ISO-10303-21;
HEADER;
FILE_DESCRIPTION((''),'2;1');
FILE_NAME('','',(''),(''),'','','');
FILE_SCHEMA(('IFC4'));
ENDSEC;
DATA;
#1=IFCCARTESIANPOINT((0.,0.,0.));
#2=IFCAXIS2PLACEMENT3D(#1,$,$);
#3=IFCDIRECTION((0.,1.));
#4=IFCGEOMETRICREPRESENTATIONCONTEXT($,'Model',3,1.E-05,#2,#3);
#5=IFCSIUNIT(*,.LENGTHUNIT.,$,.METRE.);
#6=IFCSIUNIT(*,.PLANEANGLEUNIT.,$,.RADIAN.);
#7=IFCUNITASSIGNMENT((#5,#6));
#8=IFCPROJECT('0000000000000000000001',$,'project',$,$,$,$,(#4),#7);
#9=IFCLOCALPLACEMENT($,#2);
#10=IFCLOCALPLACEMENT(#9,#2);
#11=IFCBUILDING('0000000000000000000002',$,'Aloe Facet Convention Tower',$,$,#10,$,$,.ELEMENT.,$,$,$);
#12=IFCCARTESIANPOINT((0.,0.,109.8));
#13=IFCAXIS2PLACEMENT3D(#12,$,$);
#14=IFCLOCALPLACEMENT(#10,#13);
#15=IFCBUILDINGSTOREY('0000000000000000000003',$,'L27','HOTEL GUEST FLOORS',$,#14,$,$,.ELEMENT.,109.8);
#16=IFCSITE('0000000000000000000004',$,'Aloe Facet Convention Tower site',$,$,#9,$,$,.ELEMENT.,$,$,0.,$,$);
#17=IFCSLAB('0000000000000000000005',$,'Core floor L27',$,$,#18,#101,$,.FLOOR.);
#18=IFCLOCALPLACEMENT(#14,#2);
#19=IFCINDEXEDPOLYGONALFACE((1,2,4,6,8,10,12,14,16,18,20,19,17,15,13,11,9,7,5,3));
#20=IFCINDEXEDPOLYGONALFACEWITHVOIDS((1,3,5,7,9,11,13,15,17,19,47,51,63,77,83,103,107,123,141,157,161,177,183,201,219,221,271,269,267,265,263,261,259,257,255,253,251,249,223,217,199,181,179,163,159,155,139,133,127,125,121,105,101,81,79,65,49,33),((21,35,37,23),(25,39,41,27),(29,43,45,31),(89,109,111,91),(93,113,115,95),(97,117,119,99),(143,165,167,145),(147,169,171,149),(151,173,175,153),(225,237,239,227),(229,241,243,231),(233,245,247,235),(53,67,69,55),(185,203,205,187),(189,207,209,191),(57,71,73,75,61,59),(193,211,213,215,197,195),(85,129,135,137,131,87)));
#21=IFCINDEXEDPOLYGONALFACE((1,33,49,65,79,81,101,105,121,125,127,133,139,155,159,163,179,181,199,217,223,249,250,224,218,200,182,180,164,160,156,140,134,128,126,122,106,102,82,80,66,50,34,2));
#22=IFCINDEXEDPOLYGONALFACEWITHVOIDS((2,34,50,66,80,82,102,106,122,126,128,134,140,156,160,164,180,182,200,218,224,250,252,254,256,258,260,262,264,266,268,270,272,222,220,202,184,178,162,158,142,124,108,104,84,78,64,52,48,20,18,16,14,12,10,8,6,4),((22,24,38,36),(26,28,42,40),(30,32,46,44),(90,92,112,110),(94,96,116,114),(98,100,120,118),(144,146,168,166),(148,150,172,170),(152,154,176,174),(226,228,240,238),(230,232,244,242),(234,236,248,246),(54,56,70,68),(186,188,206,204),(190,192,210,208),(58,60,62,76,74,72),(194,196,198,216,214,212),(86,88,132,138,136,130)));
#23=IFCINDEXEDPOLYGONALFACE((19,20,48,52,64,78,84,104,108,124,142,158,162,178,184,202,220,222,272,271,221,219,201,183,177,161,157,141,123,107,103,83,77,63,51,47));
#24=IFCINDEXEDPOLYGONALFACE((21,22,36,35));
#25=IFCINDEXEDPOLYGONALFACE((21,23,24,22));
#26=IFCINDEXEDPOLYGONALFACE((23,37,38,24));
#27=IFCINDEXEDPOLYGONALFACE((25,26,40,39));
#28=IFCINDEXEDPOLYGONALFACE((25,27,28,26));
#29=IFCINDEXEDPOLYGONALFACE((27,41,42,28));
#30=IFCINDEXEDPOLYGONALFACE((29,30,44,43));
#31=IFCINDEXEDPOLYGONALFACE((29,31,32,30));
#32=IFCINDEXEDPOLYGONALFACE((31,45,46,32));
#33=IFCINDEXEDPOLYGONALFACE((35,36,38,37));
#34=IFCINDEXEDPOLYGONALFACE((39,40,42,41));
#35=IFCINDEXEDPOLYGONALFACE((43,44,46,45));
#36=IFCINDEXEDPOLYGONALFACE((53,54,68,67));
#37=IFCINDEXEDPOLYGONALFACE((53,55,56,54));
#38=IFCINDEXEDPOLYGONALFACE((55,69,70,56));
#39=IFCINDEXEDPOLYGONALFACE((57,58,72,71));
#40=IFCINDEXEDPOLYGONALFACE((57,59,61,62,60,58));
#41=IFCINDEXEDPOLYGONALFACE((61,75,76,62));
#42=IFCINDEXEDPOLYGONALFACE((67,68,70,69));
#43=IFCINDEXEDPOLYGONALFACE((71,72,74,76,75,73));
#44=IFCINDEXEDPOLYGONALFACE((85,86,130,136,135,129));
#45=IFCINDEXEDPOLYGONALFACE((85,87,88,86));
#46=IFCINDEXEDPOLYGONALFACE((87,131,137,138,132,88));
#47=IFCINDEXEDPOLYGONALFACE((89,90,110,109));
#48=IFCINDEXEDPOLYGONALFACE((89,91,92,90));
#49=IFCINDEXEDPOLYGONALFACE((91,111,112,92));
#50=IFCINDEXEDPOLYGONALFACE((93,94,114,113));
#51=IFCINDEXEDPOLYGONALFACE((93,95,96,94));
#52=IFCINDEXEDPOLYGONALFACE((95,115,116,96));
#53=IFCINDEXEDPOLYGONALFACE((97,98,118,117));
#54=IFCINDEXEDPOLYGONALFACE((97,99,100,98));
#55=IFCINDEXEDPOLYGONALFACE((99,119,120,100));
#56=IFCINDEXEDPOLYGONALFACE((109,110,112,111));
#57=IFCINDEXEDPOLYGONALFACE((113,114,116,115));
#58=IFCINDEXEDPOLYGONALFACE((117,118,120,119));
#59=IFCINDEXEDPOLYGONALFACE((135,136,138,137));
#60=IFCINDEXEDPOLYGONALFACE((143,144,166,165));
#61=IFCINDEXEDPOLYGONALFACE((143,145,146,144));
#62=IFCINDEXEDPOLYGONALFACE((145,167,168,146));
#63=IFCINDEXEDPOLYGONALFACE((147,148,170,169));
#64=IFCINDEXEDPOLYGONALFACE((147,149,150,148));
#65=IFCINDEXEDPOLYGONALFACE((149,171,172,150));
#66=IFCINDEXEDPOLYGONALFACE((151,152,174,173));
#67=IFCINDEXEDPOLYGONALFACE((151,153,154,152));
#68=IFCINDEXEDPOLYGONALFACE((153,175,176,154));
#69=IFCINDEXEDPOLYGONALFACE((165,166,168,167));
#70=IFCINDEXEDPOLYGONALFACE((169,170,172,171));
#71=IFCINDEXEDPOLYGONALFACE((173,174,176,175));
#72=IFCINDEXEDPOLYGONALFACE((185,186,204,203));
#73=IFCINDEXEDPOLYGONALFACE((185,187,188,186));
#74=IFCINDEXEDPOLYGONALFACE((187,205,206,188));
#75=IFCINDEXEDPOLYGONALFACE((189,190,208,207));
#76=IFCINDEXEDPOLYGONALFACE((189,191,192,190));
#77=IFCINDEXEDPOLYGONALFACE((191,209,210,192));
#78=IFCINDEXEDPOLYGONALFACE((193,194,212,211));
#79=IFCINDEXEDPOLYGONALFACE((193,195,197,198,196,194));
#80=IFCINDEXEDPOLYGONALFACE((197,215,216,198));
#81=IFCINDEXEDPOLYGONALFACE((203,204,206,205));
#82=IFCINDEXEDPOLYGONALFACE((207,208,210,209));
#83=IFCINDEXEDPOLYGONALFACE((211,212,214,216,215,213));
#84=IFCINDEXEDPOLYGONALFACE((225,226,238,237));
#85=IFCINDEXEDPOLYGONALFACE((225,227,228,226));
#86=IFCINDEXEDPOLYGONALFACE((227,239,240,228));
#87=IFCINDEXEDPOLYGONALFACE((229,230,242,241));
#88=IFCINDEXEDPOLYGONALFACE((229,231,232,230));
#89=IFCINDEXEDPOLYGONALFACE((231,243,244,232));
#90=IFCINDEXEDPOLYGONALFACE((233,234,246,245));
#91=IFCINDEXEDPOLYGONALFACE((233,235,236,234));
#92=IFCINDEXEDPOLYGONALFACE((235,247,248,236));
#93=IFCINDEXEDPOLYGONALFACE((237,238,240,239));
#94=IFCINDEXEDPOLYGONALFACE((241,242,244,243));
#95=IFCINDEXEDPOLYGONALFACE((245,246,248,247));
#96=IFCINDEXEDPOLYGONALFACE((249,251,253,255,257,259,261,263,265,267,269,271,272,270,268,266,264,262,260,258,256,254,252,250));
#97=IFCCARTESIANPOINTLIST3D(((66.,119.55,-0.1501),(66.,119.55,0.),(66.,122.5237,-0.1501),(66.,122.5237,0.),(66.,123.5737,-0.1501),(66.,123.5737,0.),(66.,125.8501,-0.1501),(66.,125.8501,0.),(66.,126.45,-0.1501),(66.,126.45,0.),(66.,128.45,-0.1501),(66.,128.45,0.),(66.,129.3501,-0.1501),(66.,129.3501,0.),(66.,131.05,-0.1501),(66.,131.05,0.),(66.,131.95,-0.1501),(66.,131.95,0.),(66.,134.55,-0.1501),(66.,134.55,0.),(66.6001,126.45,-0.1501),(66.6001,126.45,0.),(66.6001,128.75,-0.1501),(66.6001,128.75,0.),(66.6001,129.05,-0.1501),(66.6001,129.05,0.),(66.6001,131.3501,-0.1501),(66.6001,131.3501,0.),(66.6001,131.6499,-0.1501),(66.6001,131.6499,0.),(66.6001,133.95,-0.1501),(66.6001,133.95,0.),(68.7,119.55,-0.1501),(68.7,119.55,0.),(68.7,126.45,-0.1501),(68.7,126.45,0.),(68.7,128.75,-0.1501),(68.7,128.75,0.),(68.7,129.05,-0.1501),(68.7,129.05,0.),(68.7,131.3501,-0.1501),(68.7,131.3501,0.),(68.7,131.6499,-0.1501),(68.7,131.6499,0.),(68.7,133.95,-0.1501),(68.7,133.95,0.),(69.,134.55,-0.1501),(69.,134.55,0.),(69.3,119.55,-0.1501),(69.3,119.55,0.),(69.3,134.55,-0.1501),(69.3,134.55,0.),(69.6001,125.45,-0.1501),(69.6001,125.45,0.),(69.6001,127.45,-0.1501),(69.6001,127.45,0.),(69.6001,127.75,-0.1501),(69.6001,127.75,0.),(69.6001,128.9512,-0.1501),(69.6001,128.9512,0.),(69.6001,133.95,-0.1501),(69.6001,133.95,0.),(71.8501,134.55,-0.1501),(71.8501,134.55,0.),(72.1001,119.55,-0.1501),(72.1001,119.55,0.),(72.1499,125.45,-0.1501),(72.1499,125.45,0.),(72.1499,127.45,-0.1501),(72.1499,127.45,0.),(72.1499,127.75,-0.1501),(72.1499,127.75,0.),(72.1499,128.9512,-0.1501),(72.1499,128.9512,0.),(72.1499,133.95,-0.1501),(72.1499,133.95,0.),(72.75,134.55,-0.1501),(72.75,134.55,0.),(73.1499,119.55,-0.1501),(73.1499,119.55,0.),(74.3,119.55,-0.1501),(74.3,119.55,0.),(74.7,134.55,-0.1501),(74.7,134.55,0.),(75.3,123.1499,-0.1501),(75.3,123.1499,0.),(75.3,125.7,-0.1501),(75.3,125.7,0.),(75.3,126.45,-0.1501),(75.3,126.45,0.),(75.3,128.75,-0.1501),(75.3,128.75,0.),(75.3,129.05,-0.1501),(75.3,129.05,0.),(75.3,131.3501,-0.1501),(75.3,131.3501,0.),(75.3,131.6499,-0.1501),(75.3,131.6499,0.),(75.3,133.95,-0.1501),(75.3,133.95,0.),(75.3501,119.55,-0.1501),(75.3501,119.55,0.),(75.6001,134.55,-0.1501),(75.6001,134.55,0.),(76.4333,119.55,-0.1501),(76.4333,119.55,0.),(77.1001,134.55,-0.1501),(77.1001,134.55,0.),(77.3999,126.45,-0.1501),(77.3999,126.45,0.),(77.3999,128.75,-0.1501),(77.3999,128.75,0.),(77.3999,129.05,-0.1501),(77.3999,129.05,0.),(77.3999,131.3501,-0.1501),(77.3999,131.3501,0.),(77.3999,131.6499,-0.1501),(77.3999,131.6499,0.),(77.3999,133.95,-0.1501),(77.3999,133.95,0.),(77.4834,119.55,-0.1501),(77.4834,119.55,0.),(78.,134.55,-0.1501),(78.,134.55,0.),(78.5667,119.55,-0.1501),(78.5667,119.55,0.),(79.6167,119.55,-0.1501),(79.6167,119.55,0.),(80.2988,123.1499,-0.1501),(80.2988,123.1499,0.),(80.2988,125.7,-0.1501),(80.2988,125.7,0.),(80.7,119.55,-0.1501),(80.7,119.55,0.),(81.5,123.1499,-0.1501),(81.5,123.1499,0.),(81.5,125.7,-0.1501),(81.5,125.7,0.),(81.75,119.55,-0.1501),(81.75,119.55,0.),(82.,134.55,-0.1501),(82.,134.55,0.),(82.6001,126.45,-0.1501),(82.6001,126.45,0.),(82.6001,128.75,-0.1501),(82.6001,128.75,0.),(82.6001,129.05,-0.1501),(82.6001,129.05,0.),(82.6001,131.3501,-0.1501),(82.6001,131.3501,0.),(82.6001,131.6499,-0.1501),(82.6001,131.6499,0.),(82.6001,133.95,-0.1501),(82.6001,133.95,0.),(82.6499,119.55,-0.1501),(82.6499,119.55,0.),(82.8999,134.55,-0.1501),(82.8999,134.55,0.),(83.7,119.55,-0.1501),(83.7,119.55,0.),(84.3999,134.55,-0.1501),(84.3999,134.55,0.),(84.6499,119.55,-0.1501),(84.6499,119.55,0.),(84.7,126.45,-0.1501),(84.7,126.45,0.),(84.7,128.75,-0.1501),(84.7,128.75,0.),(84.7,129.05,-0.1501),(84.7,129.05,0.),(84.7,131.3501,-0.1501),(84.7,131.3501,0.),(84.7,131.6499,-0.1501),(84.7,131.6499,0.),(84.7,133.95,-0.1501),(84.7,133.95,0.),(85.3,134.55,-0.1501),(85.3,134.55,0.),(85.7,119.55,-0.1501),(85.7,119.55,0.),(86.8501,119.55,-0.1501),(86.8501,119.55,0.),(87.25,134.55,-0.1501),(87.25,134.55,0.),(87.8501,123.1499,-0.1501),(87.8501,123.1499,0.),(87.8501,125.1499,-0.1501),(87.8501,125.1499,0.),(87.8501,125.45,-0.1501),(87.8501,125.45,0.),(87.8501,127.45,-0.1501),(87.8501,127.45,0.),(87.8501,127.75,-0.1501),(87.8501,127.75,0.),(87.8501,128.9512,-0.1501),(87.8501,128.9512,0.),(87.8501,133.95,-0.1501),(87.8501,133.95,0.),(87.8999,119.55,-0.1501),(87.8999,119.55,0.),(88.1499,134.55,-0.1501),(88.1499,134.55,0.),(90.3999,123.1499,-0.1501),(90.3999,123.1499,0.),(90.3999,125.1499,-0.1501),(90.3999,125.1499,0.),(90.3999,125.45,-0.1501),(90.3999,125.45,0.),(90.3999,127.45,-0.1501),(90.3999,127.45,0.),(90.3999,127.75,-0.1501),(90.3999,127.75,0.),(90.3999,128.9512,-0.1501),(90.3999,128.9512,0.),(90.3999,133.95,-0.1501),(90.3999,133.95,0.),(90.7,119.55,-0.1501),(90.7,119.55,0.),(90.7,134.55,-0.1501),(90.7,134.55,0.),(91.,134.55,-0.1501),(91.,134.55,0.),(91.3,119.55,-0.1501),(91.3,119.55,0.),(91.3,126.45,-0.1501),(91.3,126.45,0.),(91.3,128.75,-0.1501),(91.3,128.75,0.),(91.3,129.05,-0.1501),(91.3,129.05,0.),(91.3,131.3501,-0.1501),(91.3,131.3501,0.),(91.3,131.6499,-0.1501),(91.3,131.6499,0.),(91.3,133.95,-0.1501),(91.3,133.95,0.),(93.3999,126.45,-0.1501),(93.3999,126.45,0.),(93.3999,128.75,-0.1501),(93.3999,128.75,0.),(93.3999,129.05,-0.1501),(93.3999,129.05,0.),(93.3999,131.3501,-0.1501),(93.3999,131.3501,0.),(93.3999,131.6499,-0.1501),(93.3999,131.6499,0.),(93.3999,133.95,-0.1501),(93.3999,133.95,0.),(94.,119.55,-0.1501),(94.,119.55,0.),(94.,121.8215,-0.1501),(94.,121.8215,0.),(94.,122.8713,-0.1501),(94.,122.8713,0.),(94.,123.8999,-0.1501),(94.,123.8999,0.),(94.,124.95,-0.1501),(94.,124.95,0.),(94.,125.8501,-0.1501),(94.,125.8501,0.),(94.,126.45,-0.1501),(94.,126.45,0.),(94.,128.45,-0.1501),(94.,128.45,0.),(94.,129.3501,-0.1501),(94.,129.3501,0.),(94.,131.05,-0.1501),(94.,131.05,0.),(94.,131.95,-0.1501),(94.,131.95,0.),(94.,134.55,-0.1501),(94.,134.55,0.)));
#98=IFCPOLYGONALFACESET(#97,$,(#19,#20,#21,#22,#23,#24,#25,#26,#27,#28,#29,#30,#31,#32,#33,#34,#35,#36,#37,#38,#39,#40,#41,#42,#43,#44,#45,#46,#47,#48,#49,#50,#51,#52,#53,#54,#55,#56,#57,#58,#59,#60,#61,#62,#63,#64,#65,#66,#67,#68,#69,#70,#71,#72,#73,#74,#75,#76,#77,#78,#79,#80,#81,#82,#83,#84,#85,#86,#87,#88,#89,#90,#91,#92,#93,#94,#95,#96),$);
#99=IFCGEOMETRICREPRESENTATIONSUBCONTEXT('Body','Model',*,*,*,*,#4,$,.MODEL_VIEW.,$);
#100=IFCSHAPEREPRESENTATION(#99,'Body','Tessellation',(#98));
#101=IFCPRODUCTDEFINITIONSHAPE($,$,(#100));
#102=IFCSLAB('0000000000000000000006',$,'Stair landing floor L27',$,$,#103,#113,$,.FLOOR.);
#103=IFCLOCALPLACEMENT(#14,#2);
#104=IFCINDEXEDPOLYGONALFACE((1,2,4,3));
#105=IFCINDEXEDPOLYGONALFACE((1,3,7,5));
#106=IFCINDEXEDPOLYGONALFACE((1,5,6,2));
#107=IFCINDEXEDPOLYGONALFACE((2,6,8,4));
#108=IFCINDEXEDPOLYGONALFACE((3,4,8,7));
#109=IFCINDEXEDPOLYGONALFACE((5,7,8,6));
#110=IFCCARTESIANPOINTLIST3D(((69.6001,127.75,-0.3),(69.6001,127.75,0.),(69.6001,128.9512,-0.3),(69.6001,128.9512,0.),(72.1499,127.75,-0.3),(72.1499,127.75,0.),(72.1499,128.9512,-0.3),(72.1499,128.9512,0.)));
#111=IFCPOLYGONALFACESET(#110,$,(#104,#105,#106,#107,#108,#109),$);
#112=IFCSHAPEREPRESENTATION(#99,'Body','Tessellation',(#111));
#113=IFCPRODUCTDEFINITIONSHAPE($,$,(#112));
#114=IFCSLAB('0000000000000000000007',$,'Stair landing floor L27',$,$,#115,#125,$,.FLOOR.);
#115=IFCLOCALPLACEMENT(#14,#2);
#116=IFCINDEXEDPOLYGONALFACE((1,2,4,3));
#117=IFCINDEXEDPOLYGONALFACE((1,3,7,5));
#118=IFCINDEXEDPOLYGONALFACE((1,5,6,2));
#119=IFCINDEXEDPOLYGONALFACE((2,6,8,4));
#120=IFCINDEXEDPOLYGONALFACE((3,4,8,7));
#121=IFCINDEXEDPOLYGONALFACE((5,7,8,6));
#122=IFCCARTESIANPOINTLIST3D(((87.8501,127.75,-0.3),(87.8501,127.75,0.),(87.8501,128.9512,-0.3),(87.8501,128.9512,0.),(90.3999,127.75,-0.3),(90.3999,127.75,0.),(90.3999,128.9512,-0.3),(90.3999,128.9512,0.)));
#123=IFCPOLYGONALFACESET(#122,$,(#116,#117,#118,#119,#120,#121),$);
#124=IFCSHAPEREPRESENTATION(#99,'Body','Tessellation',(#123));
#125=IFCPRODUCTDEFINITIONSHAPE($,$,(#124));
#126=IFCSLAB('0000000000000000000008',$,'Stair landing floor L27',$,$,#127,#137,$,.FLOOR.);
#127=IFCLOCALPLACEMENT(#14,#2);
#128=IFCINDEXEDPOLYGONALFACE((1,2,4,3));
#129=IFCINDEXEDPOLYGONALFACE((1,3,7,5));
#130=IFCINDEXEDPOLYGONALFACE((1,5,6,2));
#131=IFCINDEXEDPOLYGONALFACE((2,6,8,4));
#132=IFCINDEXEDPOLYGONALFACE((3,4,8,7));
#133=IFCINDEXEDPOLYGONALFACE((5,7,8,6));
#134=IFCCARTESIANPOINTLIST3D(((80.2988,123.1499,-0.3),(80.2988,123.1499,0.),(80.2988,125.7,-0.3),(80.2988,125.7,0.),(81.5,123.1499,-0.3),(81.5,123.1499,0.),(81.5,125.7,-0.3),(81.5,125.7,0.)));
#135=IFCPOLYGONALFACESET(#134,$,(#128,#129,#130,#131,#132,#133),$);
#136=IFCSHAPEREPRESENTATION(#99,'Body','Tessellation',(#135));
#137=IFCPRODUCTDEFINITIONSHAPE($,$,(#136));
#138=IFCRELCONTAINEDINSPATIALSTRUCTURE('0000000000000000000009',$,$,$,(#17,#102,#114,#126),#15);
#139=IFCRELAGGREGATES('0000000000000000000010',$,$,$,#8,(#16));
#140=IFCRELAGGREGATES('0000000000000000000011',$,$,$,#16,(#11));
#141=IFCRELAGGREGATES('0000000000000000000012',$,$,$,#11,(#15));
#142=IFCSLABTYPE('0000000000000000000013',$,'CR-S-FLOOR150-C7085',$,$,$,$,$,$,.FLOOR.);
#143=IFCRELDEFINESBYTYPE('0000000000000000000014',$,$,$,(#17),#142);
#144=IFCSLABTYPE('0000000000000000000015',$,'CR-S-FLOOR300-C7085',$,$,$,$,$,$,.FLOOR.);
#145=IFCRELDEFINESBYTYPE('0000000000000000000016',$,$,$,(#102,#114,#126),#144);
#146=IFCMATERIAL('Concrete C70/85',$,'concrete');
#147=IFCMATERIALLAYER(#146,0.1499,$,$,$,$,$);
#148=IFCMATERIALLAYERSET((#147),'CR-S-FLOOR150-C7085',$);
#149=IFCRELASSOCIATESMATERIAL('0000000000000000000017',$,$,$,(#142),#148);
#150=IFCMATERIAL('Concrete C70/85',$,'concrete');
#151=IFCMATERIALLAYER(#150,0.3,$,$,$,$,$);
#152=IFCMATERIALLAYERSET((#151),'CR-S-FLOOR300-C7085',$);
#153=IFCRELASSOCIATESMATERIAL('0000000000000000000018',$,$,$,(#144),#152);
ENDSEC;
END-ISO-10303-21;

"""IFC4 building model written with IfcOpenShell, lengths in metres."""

from ifc_helpers import new_model, si_unit, direction, frame, origin, place, context, subcontext, project, spatial, polyline, outline, extrude, material, layer, layer_set, type_object, element, save


model = new_model("IFC4")

# Units and contexts
model_context = context("Model", 3, precision=1e-05, world=origin(), true_north=direction((0.0, 1.0)))
body_context = subcontext(model_context, "Body", "Model", "MODEL_VIEW")
ifc_project = project(units=[si_unit("LENGTHUNIT", "METRE"), si_unit("PLANEANGLEUNIT", "RADIAN")], contexts=[model_context])

# Site, building, storey
site_placement = place(None, origin())
site = spatial("IfcSite", under=ifc_project, at=site_placement, Name="Aloe Facet Convention Tower site", CompositionType="ELEMENT", RefElevation=0.0)
building_placement = place(site_placement, origin())
building = spatial("IfcBuilding", under=site, at=building_placement, Name="Aloe Facet Convention Tower", CompositionType="ELEMENT")
storey_placement = place(building_placement, frame((0.0, 0.0, 109.8)))
storey = spatial("IfcBuildingStorey", under=building, at=storey_placement, Name="L27", Description="HOTEL GUEST FLOORS", CompositionType="ELEMENT", Elevation=109.8)

# Slabs
ifc_material_1 = material(Name="Concrete C70/85", Category="concrete")
ifc_layer_1 = layer(ifc_material_1, 0.1499)
ifc_layer_set_1 = layer_set([ifc_layer_1], Name="CR-S-FLOOR150-C7085")
slab_type_1 = type_object("IfcSlabType", Name="CR-S-FLOOR150-C7085", PredefinedType="FLOOR", material=ifc_layer_set_1)
slab_1_placement = place(storey_placement, frame((0.0, 0.0, -0.1501)))
element("IfcSlab", 1, at=slab_1_placement, inside=storey, type_object=slab_type_1, Name="Core floor L27", PredefinedType="FLOOR", context=body_context, shape_type="SweptSolid", body=[
    extrude(outline(polyline([(69.3, 134.55), (71.8501, 134.55), (72.75, 134.55), (74.7, 134.55), (75.6001, 134.55), (77.1001, 134.55), (78.0, 134.55), (82.0, 134.55), (82.8999, 134.55), (84.3999, 134.55), (85.3, 134.55), (87.25, 134.55), (88.1499, 134.55), (90.7, 134.55), (91.0, 134.55), (94.0, 134.55), (94.0, 131.95), (94.0, 131.05), (94.0, 129.3501), (94.0, 128.45), (94.0, 126.45), (94.0, 125.8501), (94.0, 124.95), (94.0, 123.8999), (94.0, 122.8713), (94.0, 121.8215), (94.0, 119.55), (91.3, 119.55), (90.7, 119.55), (87.8999, 119.55), (86.8501, 119.55), (85.7, 119.55), (84.6499, 119.55), (83.7, 119.55), (82.6499, 119.55), (81.75, 119.55), (80.7, 119.55), (79.6167, 119.55), (78.5667, 119.55), (77.4834, 119.55), (76.4333, 119.55), (75.3501, 119.55), (74.3, 119.55), (73.1499, 119.55), (72.1001, 119.55), (69.3, 119.55), (68.7, 119.55), (66.0, 119.55), (66.0, 122.5237), (66.0, 123.5737), (66.0, 125.8501), (66.0, 126.45), (66.0, 128.45), (66.0, 129.3501), (66.0, 131.05), (66.0, 131.95), (66.0, 134.55), (69.0, 134.55), (69.3, 134.55)]), holes=[polyline([(75.3, 123.1499), (80.2988, 123.1499), (81.5, 123.1499), (81.5, 125.7), (80.2988, 125.7), (75.3, 125.7), (75.3, 123.1499)]), polyline([(69.6001, 125.45), (72.1499, 125.45), (72.1499, 127.45), (69.6001, 127.45), (69.6001, 125.45)]), polyline([(66.6001, 126.45), (68.7, 126.45), (68.7, 128.75), (66.6001, 128.75), (66.6001, 126.45)]), polyline([(75.3, 126.45), (77.3999, 126.45), (77.3999, 128.75), (75.3, 128.75), (75.3, 126.45)]), polyline([(66.6001, 129.05), (68.7, 129.05), (68.7, 131.3501), (66.6001, 131.3501), (66.6001, 129.05)]), polyline([(75.3, 129.05), (77.3999, 129.05), (77.3999, 131.3501), (75.3, 131.3501), (75.3, 129.05)]), polyline([(69.6001, 133.95), (69.6001, 128.9512), (69.6001, 127.75), (72.1499, 127.75), (72.1499, 128.9512), (72.1499, 133.95), (69.6001, 133.95)]), polyline([(66.6001, 133.95), (66.6001, 131.6499), (68.7, 131.6499), (68.7, 133.95), (66.6001, 133.95)]), polyline([(75.3, 133.95), (75.3, 131.6499), (77.3999, 131.6499), (77.3999, 133.95), (75.3, 133.95)]), polyline([(87.8501, 123.1499), (90.3999, 123.1499), (90.3999, 125.1499), (87.8501, 125.1499), (87.8501, 123.1499)]), polyline([(87.8501, 125.45), (90.3999, 125.45), (90.3999, 127.45), (87.8501, 127.45), (87.8501, 125.45)]), polyline([(82.6001, 126.45), (84.7, 126.45), (84.7, 128.75), (82.6001, 128.75), (82.6001, 126.45)]), polyline([(91.3, 126.45), (93.3999, 126.45), (93.3999, 128.75), (91.3, 128.75), (91.3, 126.45)]), polyline([(82.6001, 129.05), (84.7, 129.05), (84.7, 131.3501), (82.6001, 131.3501), (82.6001, 129.05)]), polyline([(91.3, 129.05), (93.3999, 129.05), (93.3999, 131.3501), (91.3, 131.3501), (91.3, 129.05)]), polyline([(87.8501, 133.95), (87.8501, 128.9512), (87.8501, 127.75), (90.3999, 127.75), (90.3999, 128.9512), (90.3999, 133.95), (87.8501, 133.95)]), polyline([(82.6001, 133.95), (82.6001, 131.6499), (84.7, 131.6499), (84.7, 133.95), (82.6001, 133.95)]), polyline([(91.3, 133.95), (91.3, 131.6499), (93.3999, 131.6499), (93.3999, 133.95), (91.3, 133.95)])]), origin(), (0.0, 0.0, 1.0), 0.1501),
])
ifc_material_2 = material(Name="Concrete C70/85", Category="concrete")
ifc_layer_2 = layer(ifc_material_2, 0.3)
ifc_layer_set_2 = layer_set([ifc_layer_2], Name="CR-S-FLOOR300-C7085")
slab_type_2 = type_object("IfcSlabType", Name="CR-S-FLOOR300-C7085", PredefinedType="FLOOR", material=ifc_layer_set_2)
slab_2_placement = place(storey_placement, frame((0.0, 0.0, -0.3)))
element("IfcSlab", 2, at=slab_2_placement, inside=storey, type_object=slab_type_2, Name="Stair landing floor L27", PredefinedType="FLOOR", context=body_context, shape_type="SweptSolid", body=[
    extrude(outline(polyline([(72.1499, 127.75), (72.1499, 128.9512), (69.6001, 128.9512), (69.6001, 127.75), (72.1499, 127.75)])), origin(), (0.0, 0.0, 1.0), 0.3),
])
slab_3_placement = place(storey_placement, frame((0.0, 0.0, -0.3)))
element("IfcSlab", 3, at=slab_3_placement, inside=storey, type_object=slab_type_2, Name="Stair landing floor L27", PredefinedType="FLOOR", context=body_context, shape_type="SweptSolid", body=[
    extrude(outline(polyline([(90.3999, 127.75), (90.3999, 128.9512), (87.8501, 128.9512), (87.8501, 127.75), (90.3999, 127.75)])), origin(), (0.0, 0.0, 1.0), 0.3),
])
slab_4_placement = place(storey_placement, frame((0.0, 0.0, -0.3)))
element("IfcSlab", 4, at=slab_4_placement, inside=storey, type_object=slab_type_2, Name="Stair landing floor L27", PredefinedType="FLOOR", context=body_context, shape_type="SweptSolid", body=[
    extrude(outline(polyline([(81.5, 125.7), (80.2988, 125.7), (80.2988, 123.1499), (81.5, 123.1499), (81.5, 125.7)])), origin(), (0.0, 0.0, 1.0), 0.3),
])

save(model, "model.ifc")
